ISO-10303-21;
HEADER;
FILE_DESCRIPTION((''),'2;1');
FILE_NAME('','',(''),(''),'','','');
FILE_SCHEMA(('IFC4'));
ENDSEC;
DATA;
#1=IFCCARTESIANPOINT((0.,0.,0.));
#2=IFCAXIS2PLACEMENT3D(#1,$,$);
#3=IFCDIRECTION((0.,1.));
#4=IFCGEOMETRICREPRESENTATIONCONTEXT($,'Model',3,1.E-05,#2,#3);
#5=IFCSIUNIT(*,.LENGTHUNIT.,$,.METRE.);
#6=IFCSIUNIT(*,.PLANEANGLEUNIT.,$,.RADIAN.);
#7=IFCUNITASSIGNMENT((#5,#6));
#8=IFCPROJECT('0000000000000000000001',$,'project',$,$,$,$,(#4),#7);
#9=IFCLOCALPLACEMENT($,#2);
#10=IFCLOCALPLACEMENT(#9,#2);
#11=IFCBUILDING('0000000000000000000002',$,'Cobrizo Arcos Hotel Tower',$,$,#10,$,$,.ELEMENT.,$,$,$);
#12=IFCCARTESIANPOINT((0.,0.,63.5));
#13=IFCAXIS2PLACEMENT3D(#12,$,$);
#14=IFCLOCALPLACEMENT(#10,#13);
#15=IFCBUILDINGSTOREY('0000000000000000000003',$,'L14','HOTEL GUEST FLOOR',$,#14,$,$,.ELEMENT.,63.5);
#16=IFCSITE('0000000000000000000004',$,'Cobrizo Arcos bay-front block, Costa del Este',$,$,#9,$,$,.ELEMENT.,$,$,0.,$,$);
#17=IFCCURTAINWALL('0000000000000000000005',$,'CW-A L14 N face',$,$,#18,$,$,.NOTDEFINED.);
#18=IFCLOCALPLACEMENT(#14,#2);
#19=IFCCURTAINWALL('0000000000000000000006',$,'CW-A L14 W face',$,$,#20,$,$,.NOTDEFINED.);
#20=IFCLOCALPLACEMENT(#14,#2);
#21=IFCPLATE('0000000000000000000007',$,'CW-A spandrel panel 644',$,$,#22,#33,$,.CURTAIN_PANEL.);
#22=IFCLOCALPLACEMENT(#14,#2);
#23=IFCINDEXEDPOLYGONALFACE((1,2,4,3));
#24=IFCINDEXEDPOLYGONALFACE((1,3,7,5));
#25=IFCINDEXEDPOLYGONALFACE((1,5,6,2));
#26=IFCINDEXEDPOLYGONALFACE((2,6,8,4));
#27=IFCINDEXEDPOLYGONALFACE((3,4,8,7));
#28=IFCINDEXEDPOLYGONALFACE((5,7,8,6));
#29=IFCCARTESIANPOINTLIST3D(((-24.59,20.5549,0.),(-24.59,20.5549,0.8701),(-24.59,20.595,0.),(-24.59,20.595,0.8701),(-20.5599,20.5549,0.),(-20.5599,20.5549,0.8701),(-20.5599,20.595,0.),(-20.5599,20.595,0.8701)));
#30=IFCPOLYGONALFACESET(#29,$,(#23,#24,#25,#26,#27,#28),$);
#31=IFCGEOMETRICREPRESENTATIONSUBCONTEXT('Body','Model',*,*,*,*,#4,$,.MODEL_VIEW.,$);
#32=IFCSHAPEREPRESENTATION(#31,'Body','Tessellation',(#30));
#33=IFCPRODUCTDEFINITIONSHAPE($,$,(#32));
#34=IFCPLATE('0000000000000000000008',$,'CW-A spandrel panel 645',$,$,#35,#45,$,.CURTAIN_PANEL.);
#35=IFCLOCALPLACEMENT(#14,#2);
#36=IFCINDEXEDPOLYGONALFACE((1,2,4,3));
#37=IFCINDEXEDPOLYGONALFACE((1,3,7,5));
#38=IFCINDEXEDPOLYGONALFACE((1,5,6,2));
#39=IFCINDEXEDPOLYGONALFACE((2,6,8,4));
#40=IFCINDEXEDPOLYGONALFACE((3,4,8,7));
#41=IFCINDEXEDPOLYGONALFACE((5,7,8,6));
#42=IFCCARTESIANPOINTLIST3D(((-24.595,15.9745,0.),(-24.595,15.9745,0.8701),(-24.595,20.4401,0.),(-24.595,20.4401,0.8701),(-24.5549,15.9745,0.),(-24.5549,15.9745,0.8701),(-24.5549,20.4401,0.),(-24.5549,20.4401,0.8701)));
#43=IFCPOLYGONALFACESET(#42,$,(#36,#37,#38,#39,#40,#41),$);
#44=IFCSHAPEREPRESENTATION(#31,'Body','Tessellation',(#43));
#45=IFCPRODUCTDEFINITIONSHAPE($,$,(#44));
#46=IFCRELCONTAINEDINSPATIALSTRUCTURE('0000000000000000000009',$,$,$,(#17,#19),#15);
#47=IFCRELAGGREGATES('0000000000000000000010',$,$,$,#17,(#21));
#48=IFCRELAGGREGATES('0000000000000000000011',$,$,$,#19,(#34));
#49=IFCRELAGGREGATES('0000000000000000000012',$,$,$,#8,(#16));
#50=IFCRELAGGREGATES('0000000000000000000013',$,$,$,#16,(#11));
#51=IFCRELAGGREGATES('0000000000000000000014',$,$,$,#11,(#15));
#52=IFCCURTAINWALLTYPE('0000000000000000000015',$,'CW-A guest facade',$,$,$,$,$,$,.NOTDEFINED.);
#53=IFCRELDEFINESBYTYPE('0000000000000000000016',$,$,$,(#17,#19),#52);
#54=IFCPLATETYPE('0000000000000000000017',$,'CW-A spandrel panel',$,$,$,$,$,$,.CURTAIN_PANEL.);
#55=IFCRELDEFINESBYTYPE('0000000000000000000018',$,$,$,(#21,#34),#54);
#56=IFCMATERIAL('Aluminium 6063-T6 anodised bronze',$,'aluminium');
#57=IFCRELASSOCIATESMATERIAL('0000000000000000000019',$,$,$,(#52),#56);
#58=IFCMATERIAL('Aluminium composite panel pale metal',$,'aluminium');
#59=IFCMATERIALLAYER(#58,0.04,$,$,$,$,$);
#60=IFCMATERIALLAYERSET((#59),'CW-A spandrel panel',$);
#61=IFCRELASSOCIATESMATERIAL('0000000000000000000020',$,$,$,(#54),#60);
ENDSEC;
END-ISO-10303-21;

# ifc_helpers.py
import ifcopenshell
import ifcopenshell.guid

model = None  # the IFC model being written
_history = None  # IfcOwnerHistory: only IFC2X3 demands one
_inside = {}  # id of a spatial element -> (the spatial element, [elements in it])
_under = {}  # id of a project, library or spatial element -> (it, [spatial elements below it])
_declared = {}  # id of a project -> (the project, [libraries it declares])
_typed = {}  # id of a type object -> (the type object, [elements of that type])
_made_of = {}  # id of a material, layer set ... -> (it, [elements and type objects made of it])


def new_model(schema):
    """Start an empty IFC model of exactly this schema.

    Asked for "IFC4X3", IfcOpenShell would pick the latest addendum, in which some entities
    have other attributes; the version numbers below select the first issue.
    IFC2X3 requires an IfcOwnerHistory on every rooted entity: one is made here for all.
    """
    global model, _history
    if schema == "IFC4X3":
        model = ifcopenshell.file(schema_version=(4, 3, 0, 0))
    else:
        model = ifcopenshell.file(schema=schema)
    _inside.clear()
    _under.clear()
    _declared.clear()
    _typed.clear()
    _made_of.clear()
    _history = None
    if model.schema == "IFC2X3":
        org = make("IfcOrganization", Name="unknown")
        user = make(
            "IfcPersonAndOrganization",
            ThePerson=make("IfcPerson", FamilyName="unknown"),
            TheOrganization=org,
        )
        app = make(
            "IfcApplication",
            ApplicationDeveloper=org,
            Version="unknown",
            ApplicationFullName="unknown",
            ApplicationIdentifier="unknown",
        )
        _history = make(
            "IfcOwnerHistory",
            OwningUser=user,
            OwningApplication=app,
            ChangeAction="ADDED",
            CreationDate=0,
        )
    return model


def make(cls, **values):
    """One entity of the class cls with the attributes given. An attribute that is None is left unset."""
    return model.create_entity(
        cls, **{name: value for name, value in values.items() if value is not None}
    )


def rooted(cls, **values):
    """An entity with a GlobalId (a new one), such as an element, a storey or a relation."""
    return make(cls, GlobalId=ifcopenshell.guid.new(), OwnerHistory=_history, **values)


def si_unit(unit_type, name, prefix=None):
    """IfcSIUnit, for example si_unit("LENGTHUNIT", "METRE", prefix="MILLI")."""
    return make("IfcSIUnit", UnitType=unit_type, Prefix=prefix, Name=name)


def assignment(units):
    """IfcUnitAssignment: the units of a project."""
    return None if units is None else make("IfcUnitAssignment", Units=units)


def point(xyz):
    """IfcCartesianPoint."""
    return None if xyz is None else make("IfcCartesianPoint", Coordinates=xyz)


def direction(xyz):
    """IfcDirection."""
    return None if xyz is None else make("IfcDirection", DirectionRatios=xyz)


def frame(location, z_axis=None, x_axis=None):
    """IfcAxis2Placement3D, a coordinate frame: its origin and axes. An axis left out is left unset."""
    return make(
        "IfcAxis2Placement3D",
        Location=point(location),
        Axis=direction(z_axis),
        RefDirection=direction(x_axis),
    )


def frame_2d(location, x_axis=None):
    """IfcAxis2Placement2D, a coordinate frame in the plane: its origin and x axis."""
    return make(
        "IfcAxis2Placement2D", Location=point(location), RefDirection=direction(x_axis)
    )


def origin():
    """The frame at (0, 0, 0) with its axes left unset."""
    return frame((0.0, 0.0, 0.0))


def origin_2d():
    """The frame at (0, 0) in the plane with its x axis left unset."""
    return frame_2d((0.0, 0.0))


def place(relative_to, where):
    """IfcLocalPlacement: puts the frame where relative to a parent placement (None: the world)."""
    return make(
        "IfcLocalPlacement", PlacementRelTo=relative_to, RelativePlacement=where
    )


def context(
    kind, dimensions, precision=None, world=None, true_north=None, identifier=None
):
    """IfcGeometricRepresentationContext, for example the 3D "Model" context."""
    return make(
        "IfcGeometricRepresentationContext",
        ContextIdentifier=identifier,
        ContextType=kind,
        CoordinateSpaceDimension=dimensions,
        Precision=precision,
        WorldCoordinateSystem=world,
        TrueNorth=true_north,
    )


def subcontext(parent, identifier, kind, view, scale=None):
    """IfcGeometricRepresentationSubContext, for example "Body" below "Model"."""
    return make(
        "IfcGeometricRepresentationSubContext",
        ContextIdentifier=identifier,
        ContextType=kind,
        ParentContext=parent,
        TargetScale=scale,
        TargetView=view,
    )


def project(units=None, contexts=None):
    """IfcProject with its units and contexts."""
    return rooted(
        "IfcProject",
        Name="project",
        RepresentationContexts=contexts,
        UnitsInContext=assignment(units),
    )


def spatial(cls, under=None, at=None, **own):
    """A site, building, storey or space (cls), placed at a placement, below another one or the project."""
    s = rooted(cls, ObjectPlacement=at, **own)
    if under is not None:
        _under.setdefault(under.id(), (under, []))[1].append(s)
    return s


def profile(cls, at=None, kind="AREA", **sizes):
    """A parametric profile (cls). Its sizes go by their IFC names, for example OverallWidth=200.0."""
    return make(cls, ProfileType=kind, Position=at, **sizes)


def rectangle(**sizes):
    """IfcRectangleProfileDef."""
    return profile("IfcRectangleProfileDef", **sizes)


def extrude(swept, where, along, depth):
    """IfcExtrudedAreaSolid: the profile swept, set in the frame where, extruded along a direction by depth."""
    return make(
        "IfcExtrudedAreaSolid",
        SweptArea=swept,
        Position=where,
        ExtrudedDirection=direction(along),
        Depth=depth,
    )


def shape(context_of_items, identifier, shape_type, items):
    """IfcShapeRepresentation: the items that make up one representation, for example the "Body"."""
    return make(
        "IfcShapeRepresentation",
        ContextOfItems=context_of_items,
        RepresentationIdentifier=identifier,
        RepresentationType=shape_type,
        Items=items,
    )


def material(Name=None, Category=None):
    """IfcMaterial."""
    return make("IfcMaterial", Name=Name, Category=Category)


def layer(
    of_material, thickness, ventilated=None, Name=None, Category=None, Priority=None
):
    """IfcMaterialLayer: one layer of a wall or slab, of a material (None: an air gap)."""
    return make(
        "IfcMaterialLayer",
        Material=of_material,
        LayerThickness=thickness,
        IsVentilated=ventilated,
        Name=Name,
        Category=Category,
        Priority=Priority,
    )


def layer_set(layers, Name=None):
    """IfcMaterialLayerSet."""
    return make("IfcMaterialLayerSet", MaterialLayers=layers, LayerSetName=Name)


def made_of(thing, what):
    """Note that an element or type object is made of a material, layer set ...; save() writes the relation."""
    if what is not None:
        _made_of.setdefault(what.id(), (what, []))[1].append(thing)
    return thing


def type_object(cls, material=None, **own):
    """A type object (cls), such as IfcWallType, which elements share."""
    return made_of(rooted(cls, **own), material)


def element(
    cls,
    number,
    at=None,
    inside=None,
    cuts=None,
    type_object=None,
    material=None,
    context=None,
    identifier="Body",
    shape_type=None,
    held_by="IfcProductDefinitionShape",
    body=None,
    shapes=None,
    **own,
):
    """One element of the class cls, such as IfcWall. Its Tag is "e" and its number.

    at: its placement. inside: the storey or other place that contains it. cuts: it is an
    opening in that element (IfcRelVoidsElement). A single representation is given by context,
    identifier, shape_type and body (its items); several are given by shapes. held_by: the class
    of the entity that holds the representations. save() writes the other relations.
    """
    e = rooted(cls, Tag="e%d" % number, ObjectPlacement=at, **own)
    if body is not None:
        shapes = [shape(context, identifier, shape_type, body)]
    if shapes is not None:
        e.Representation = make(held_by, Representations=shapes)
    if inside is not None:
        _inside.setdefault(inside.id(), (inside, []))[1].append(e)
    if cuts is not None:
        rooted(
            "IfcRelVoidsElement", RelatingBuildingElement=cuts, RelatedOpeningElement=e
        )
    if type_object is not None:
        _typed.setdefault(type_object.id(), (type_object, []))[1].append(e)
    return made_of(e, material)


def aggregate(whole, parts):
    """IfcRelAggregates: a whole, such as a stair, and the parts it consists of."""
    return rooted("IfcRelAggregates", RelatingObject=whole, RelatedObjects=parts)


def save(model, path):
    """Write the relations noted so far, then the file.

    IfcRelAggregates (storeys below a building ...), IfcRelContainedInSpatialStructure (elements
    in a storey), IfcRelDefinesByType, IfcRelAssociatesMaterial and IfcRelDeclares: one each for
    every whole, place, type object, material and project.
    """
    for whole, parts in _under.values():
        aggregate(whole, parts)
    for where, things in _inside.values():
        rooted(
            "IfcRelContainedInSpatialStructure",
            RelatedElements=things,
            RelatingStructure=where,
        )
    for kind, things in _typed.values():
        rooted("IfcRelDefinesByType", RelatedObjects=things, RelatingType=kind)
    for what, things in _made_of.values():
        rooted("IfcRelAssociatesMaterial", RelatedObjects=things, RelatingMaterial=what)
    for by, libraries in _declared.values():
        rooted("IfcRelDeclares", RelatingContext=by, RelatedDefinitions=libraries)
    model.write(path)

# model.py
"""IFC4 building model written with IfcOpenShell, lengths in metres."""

from ifc_helpers import new_model, si_unit, direction, frame, origin, origin_2d, place, context, subcontext, project, spatial, rectangle, extrude, material, layer, layer_set, type_object, element, aggregate, save


model = new_model("IFC4")

# Units and contexts
model_context = context("Model", 3, precision=1e-05, world=origin(), true_north=direction((0.0, 1.0)))
body_context = subcontext(model_context, "Body", "Model", "MODEL_VIEW")
ifc_project = project(units=[si_unit("LENGTHUNIT", "METRE"), si_unit("PLANEANGLEUNIT", "RADIAN")], contexts=[model_context])

# Site, building, storey
site_placement = place(None, origin())
site = spatial("IfcSite", under=ifc_project, at=site_placement, Name="Cobrizo Arcos bay-front block, Costa del Este", CompositionType="ELEMENT", RefElevation=0.0)
building_placement = place(site_placement, origin())
building = spatial("IfcBuilding", under=site, at=building_placement, Name="Cobrizo Arcos Hotel Tower", CompositionType="ELEMENT")
storey_placement = place(building_placement, frame((0.0, 0.0, 63.5)))
storey = spatial("IfcBuildingStorey", under=building, at=storey_placement, Name="L14", Description="HOTEL GUEST FLOOR", CompositionType="ELEMENT", Elevation=63.5)

# Shared definitions
ifc_material_1 = material(Name="Aluminium 6063-T6 anodised bronze", Category="aluminium")
curtain_wall_type = type_object("IfcCurtainWallType", Name="CW-A guest facade", PredefinedType="NOTDEFINED", material=ifc_material_1)

# Curtain walls
curtain_wall_1_placement = place(storey_placement, origin())
curtain_wall_1 = element("IfcCurtainWall", 1, at=curtain_wall_1_placement, inside=storey, type_object=curtain_wall_type, Name="CW-A L14 N face", PredefinedType="NOTDEFINED")
curtain_wall_2_placement = place(storey_placement, origin())
curtain_wall_2 = element("IfcCurtainWall", 2, at=curtain_wall_2_placement, inside=storey, type_object=curtain_wall_type, Name="CW-A L14 W face", PredefinedType="NOTDEFINED")

# Plates
ifc_material_2 = material(Name="Aluminium composite panel pale metal", Category="aluminium")
ifc_layer_1 = layer(ifc_material_2, 0.04)
ifc_layer_set_1 = layer_set([ifc_layer_1], Name="CW-A spandrel panel")
plate_type_1 = type_object("IfcPlateType", Name="CW-A spandrel panel", PredefinedType="CURTAIN_PANEL", material=ifc_layer_set_1)
plate_1_placement = place(storey_placement, frame((-22.575, 20.575, 0.0), z_axis=(0.0, 0.0, 1.0), x_axis=(-1.0, 0.0, 0.0)))
plate_1 = element("IfcPlate", 3, at=plate_1_placement, type_object=plate_type_1, Name="CW-A spandrel panel 644", PredefinedType="CURTAIN_PANEL", context=body_context, shape_type="SweptSolid", body=[
    extrude(rectangle(XDim=4.03, YDim=0.04, at=origin_2d()), origin(), (0.0, 0.0, 1.0), 0.8701),
])
aggregate(curtain_wall_1, [plate_1])
plate_2_placement = place(storey_placement, frame((-24.575, 18.2073, 0.0), z_axis=(0.0, 0.0, 1.0), x_axis=(0.0, -1.0, 0.0)))
plate_2 = element("IfcPlate", 4, at=plate_2_placement, type_object=plate_type_1, Name="CW-A spandrel panel 645", PredefinedType="CURTAIN_PANEL", context=body_context, shape_type="SweptSolid", body=[
    extrude(rectangle(XDim=4.4656, YDim=0.04, at=origin_2d()), origin(), (0.0, 0.0, 1.0), 0.8701),
])
aggregate(curtain_wall_2, [plate_2])

save(model, "model.ifc")
